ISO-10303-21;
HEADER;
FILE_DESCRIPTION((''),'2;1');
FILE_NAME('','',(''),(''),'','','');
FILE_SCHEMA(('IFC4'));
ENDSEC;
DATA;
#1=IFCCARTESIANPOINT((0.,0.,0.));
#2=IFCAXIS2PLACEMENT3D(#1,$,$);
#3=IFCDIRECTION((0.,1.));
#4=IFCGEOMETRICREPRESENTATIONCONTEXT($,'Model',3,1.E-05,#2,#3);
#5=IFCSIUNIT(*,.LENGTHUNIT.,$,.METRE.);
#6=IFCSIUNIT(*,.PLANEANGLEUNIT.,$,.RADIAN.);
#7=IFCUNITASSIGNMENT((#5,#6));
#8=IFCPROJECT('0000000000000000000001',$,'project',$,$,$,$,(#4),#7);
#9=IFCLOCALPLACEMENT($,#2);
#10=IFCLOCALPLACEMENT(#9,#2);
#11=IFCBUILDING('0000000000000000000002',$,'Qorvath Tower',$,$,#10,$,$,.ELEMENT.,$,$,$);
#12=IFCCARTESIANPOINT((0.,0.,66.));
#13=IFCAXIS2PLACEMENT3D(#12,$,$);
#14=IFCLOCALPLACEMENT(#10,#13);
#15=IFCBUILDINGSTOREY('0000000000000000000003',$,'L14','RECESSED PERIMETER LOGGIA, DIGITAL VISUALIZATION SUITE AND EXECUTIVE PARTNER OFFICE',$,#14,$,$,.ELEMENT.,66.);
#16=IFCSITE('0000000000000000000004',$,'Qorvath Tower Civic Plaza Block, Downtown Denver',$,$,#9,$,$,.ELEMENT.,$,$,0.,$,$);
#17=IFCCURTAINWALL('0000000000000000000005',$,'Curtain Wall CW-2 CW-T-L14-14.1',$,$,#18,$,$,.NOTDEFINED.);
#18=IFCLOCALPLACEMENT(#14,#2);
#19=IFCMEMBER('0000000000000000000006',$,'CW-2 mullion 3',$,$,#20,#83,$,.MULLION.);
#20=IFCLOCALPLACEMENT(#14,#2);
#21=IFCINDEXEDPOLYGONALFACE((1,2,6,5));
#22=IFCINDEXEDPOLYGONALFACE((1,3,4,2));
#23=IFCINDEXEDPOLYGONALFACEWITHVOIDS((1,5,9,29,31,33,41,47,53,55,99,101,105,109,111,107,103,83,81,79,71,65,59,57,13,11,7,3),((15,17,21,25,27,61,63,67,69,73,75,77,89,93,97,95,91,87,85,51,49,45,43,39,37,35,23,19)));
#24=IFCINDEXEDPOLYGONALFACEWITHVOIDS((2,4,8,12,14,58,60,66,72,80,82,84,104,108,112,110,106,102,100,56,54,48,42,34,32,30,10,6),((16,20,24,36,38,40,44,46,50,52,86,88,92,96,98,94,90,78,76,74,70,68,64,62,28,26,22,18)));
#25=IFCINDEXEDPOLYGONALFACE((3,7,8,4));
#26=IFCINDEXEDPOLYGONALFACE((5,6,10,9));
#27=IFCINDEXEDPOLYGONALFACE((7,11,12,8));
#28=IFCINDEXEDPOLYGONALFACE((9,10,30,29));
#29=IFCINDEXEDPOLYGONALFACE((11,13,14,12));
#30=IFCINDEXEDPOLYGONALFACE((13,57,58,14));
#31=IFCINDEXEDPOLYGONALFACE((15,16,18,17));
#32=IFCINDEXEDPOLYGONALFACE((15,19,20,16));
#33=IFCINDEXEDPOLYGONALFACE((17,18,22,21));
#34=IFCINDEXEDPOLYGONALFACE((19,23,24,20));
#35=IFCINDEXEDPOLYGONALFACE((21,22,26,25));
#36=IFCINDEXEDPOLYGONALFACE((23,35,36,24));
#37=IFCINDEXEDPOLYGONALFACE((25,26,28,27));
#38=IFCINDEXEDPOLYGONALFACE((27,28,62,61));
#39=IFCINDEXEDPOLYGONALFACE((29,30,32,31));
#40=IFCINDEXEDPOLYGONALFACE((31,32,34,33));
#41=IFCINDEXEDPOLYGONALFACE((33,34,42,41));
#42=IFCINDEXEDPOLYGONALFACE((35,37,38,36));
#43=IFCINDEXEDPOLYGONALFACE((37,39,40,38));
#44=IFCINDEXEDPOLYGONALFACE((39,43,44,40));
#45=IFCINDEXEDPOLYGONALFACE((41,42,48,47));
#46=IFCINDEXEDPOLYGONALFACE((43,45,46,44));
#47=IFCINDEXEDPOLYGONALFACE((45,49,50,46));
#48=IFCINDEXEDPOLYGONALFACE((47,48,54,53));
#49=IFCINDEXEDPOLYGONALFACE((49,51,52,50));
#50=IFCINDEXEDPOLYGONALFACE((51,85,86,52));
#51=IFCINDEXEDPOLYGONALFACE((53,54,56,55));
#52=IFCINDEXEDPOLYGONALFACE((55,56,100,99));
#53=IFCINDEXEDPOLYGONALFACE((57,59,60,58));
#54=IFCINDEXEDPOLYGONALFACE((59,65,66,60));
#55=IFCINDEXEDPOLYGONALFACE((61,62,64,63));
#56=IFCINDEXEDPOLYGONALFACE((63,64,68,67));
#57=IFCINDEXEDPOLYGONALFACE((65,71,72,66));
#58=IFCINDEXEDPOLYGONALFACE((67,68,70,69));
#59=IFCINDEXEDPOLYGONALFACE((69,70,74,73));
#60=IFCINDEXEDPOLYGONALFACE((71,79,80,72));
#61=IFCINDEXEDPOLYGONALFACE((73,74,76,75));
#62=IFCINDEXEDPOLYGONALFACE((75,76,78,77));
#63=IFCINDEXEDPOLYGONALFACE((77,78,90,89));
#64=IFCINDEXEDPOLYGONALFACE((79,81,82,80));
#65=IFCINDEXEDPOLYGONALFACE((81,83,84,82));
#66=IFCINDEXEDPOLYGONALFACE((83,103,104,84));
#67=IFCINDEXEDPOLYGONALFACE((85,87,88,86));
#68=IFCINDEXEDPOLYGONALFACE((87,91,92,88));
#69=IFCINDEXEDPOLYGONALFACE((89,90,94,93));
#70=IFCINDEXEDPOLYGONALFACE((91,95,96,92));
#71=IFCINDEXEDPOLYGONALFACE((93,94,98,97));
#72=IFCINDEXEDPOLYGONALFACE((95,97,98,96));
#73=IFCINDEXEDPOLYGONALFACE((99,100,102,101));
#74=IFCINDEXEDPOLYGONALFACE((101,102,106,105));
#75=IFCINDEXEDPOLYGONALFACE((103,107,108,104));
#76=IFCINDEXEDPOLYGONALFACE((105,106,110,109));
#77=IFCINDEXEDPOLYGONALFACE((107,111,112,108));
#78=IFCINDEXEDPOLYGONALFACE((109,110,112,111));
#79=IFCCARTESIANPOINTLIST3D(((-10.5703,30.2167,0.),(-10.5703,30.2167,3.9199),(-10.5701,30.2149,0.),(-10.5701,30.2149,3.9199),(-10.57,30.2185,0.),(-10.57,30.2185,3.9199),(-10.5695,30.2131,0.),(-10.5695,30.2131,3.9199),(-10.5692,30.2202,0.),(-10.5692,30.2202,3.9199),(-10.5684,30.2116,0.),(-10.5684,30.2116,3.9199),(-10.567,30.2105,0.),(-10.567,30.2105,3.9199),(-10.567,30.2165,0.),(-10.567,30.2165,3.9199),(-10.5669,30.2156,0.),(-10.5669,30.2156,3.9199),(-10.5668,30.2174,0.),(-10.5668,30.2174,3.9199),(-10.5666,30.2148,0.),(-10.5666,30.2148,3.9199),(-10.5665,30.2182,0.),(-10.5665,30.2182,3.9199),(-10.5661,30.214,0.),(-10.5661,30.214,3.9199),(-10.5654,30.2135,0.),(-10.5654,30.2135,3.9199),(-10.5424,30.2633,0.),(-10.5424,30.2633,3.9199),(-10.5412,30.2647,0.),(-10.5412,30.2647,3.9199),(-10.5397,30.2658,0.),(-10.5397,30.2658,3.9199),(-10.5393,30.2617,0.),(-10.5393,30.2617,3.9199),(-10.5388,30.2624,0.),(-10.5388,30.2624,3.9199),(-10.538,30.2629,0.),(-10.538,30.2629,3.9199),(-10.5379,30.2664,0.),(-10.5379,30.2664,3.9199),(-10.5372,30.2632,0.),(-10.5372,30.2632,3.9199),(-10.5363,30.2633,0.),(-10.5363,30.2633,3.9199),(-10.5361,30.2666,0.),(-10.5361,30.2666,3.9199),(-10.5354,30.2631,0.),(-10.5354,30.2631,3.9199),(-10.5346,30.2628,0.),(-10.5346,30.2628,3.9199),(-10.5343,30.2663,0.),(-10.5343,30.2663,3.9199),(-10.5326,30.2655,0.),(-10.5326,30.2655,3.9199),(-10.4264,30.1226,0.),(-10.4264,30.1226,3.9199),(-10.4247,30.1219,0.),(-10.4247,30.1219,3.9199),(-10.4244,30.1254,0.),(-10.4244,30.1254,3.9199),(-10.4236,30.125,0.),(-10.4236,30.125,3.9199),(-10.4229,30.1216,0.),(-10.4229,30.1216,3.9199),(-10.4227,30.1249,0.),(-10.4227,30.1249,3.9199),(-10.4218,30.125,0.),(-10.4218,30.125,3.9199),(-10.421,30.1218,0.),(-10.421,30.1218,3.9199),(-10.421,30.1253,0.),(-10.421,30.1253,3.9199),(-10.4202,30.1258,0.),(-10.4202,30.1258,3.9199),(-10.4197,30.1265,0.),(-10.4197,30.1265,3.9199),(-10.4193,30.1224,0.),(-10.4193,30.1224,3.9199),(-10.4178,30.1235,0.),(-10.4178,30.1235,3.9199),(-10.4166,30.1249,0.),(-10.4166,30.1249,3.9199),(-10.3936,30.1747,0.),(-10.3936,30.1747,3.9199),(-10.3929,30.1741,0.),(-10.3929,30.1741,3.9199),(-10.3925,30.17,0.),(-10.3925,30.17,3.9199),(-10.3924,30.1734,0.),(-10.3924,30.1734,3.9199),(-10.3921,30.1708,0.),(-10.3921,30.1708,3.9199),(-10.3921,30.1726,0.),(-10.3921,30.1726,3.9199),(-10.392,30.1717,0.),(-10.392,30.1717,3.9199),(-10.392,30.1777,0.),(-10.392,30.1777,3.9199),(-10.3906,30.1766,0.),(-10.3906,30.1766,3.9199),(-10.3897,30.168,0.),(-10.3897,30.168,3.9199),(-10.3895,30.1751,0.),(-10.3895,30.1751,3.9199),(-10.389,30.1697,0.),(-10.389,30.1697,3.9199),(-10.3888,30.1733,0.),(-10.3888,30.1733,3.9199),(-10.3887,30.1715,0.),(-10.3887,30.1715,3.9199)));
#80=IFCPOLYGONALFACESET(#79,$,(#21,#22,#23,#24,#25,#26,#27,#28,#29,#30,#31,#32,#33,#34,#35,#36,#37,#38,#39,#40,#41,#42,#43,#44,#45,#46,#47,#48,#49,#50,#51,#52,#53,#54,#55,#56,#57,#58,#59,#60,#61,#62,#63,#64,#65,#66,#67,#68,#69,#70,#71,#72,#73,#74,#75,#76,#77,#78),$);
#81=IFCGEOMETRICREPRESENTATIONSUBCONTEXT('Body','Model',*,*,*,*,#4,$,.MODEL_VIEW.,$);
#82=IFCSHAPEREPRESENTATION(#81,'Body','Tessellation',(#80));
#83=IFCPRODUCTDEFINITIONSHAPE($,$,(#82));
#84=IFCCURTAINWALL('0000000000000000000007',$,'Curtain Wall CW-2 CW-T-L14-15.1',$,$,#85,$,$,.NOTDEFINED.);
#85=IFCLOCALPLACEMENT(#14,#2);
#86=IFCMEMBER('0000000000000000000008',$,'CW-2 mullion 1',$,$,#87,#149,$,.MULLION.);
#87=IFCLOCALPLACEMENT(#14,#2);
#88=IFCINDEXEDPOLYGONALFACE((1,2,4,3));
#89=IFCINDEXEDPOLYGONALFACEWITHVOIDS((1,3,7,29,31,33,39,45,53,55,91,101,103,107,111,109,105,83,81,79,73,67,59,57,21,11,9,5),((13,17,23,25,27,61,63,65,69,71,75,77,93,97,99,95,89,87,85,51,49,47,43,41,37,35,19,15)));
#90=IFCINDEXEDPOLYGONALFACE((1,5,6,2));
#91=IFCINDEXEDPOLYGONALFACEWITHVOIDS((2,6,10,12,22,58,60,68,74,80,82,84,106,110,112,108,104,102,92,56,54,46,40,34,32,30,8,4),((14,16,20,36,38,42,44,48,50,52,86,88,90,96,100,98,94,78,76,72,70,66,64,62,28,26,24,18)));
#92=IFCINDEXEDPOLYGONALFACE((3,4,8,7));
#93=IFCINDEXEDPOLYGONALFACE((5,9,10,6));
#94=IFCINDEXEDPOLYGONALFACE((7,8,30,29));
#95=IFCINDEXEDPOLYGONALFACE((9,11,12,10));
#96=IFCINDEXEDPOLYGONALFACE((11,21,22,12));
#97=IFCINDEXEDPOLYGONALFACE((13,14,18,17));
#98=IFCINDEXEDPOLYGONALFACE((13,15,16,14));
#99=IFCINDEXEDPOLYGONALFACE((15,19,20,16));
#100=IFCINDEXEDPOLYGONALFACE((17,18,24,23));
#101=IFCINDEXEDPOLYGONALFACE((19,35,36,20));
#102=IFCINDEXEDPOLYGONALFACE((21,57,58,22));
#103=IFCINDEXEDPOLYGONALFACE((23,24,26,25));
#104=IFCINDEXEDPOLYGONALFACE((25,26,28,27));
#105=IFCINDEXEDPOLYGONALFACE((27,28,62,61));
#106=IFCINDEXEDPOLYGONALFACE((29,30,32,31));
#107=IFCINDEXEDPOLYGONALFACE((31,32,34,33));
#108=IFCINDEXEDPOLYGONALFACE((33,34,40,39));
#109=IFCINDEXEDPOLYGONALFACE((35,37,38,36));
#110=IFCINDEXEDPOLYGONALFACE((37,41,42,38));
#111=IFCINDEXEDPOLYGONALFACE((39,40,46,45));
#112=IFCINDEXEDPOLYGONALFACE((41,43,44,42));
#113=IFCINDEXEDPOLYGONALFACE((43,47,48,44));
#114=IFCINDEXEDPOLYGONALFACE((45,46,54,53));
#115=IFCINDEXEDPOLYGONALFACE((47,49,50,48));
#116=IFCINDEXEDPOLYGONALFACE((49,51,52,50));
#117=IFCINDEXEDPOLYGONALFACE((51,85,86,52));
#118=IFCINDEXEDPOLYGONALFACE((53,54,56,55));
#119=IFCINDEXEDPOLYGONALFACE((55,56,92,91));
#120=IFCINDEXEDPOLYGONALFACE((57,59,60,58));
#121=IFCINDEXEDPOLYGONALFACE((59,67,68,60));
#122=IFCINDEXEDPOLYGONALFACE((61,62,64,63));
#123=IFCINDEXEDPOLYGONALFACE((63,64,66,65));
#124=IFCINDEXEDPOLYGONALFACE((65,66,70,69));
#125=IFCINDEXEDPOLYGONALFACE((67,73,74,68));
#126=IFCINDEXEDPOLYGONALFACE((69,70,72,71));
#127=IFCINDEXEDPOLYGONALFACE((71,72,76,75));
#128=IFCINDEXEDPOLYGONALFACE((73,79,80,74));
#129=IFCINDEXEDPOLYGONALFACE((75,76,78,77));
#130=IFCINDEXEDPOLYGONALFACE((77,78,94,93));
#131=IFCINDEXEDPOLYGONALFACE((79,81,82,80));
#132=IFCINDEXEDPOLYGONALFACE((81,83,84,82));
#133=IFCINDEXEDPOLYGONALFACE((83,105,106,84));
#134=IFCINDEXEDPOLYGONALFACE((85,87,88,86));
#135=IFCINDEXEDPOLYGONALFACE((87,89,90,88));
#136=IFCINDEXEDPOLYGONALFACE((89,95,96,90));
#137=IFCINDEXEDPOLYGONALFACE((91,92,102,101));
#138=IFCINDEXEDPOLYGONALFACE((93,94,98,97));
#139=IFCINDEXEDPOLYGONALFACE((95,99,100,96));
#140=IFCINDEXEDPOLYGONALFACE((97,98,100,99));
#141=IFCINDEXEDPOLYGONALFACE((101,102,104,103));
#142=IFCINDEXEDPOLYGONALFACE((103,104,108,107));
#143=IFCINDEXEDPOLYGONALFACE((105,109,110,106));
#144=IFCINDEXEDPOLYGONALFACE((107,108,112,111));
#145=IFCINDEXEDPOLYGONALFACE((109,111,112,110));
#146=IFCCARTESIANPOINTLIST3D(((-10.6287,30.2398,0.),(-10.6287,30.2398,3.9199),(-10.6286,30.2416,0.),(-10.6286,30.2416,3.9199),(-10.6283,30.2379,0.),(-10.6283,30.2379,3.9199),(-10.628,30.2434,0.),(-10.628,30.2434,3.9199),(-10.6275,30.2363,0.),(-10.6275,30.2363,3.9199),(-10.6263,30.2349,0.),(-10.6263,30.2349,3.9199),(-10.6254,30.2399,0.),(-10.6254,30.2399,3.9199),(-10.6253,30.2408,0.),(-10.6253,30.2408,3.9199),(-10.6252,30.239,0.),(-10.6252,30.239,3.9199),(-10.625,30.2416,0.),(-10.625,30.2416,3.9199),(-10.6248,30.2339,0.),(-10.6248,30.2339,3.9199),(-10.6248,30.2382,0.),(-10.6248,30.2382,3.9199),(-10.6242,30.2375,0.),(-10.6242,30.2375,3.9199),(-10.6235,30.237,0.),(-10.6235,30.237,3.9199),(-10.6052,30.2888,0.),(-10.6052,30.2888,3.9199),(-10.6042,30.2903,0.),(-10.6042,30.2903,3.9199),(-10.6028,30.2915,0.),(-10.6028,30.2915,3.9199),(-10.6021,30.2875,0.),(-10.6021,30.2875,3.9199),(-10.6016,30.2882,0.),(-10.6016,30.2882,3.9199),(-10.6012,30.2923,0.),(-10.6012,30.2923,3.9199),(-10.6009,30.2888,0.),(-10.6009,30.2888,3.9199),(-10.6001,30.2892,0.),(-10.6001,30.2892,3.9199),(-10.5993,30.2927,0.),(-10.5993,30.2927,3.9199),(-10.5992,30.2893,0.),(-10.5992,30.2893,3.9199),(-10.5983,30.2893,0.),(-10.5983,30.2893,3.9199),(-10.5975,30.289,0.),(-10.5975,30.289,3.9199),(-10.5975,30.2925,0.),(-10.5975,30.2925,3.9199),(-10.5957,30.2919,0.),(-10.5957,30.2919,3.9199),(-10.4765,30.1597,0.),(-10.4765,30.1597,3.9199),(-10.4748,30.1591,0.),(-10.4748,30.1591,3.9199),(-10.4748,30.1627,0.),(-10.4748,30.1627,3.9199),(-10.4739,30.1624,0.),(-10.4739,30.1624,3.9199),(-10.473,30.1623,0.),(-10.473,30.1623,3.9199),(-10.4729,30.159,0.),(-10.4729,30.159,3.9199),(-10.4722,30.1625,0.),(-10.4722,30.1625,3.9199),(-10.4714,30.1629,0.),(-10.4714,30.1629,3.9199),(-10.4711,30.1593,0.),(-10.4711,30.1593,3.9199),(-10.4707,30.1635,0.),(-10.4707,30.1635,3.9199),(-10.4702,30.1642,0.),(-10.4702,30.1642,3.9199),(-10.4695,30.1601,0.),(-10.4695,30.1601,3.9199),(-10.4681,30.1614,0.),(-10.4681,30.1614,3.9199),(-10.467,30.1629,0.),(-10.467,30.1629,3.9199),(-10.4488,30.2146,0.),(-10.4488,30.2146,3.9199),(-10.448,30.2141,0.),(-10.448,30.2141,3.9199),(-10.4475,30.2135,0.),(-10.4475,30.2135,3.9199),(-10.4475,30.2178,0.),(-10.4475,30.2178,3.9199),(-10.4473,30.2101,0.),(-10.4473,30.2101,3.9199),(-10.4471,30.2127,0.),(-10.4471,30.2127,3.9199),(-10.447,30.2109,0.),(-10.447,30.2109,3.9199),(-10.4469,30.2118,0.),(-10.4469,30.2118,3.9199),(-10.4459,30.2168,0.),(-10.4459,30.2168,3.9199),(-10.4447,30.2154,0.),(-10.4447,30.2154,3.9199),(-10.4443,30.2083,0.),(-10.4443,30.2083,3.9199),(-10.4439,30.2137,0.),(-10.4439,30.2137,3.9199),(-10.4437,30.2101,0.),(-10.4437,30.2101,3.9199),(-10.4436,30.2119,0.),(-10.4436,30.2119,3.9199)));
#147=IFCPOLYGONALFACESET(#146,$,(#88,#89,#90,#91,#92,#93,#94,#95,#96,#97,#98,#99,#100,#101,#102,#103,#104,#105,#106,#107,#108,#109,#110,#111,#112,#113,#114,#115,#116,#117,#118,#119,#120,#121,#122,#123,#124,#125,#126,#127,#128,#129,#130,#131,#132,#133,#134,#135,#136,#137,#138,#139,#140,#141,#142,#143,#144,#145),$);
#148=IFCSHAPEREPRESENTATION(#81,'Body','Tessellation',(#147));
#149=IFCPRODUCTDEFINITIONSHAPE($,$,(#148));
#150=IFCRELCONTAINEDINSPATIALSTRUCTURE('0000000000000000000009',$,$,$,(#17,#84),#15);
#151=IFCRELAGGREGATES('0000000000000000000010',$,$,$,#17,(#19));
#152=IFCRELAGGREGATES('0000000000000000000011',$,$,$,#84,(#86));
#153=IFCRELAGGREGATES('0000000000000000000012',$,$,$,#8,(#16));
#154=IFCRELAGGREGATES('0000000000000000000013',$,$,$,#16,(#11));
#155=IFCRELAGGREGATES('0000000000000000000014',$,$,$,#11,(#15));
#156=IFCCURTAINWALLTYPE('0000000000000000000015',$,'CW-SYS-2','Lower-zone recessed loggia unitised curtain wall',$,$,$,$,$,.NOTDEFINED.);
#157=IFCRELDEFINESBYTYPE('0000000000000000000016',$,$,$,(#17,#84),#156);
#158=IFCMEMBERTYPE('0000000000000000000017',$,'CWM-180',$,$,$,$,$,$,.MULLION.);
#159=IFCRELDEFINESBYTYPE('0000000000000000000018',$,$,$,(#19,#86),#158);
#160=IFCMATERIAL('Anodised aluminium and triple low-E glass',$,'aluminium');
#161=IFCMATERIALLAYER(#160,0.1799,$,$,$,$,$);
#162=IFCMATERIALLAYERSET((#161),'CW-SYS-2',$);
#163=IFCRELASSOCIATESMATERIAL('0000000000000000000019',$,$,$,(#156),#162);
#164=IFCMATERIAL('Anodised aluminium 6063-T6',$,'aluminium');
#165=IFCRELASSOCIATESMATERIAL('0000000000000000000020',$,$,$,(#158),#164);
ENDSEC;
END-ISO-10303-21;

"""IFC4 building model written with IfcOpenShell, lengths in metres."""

from ifc_helpers import new_model, si_unit, direction, frame, origin, origin_2d, place, context, subcontext, project, spatial, hollow_rectangle, extrude, material, layer, layer_set, material_profile, profile_set, type_object, element, aggregate, save


model = new_model("IFC4")

# Units and contexts
model_context = context("Model", 3, precision=1e-05, world=origin(), true_north=direction((0.0, 1.0)))
body_context = subcontext(model_context, "Body", "Model", "MODEL_VIEW")
ifc_project = project(units=[si_unit("LENGTHUNIT", "METRE"), si_unit("PLANEANGLEUNIT", "RADIAN")], contexts=[model_context])

# Site, building, storey
site_placement = place(None, origin())
site = spatial("IfcSite", under=ifc_project, at=site_placement, Name="Qorvath Tower Civic Plaza Block, Downtown Denver", CompositionType="ELEMENT", RefElevation=0.0)
building_placement = place(site_placement, origin())
building = spatial("IfcBuilding", under=site, at=building_placement, Name="Qorvath Tower", CompositionType="ELEMENT")
storey_placement = place(building_placement, frame((0.0, 0.0, 66.0)))
storey = spatial("IfcBuildingStorey", under=building, at=storey_placement, Name="L14", Description="RECESSED PERIMETER LOGGIA, DIGITAL VISUALIZATION SUITE AND EXECUTIVE PARTNER OFFICE", CompositionType="ELEMENT", Elevation=66.0)

# Shared definitions
ifc_material_1 = material(Name="Anodised aluminium and triple low-E glass", Category="aluminium")
ifc_layer_1 = layer(ifc_material_1, 0.1799)
ifc_layer_set_1 = layer_set([ifc_layer_1], Name="CW-SYS-2")
curtain_wall_type = type_object("IfcCurtainWallType", Name="CW-SYS-2", Description="Lower-zone recessed loggia unitised curtain wall", PredefinedType="NOTDEFINED", material=ifc_layer_set_1)
ifc_material_2 = material(Name="Anodised aluminium 6063-T6", Category="aluminium")
ifc_material_profile_1 = material_profile(ifc_material_2, hollow_rectangle(XDim=0.0649, YDim=0.1799, WallThickness=0.0034, InnerFilletRadius=0.0034, OuterFilletRadius=0.0071, at=origin_2d()), Name="CWM 180x65")
ifc_profile_set_1 = profile_set([ifc_material_profile_1], Name="Anodised aluminium 6063-T6")
member_type_1 = type_object("IfcMemberType", Name="CWM-180", PredefinedType="MULLION", material=ifc_profile_set_1)

# Curtain walls, members
curtain_wall_1_placement = place(storey_placement, origin())
curtain_wall_1 = element("IfcCurtainWall", 1, at=curtain_wall_1_placement, inside=storey, type_object=curtain_wall_type, Name="Curtain Wall CW-2 CW-T-L14-14.1", PredefinedType="NOTDEFINED")
member_1_placement = place(storey_placement, frame((-10.4795, 30.1941, 0.0), z_axis=(0.0, 0.0, 1.0), x_axis=(-0.529686, -0.848194, 0.0)))
member_1 = element("IfcMember", 2, at=member_1_placement, type_object=member_type_1, Name="CW-2 mullion 3", PredefinedType="MULLION", context=body_context, shape_type="SweptSolid", body=[
    extrude(hollow_rectangle(XDim=0.0649, YDim=0.1799, WallThickness=0.0034, InnerFilletRadius=0.0034, OuterFilletRadius=0.0071, at=origin_2d()), origin(), (0.0, 0.0, 1.0), 3.9199),
])
curtain_wall_2_placement = place(storey_placement, origin())
curtain_wall_2 = element("IfcCurtainWall", 3, at=curtain_wall_2_placement, inside=storey, type_object=curtain_wall_type, Name="Curtain Wall CW-2 CW-T-L14-15.1", PredefinedType="NOTDEFINED")
member_2_placement = place(storey_placement, frame((-10.5361, 30.2258, 0.0), z_axis=(0.0, 0.0, 1.0), x_axis=(-0.447221, -0.894423, 0.0)))
member_2 = element("IfcMember", 4, at=member_2_placement, type_object=member_type_1, Name="CW-2 mullion 1", PredefinedType="MULLION", context=body_context, shape_type="SweptSolid", body=[
    extrude(hollow_rectangle(XDim=0.0649, YDim=0.1799, WallThickness=0.0034, InnerFilletRadius=0.0034, OuterFilletRadius=0.0071, at=origin_2d()), origin(), (0.0, 0.0, 1.0), 3.9199),
])

aggregate(curtain_wall_1, [member_1])
aggregate(curtain_wall_2, [member_2])

save(model, "model.ifc")
